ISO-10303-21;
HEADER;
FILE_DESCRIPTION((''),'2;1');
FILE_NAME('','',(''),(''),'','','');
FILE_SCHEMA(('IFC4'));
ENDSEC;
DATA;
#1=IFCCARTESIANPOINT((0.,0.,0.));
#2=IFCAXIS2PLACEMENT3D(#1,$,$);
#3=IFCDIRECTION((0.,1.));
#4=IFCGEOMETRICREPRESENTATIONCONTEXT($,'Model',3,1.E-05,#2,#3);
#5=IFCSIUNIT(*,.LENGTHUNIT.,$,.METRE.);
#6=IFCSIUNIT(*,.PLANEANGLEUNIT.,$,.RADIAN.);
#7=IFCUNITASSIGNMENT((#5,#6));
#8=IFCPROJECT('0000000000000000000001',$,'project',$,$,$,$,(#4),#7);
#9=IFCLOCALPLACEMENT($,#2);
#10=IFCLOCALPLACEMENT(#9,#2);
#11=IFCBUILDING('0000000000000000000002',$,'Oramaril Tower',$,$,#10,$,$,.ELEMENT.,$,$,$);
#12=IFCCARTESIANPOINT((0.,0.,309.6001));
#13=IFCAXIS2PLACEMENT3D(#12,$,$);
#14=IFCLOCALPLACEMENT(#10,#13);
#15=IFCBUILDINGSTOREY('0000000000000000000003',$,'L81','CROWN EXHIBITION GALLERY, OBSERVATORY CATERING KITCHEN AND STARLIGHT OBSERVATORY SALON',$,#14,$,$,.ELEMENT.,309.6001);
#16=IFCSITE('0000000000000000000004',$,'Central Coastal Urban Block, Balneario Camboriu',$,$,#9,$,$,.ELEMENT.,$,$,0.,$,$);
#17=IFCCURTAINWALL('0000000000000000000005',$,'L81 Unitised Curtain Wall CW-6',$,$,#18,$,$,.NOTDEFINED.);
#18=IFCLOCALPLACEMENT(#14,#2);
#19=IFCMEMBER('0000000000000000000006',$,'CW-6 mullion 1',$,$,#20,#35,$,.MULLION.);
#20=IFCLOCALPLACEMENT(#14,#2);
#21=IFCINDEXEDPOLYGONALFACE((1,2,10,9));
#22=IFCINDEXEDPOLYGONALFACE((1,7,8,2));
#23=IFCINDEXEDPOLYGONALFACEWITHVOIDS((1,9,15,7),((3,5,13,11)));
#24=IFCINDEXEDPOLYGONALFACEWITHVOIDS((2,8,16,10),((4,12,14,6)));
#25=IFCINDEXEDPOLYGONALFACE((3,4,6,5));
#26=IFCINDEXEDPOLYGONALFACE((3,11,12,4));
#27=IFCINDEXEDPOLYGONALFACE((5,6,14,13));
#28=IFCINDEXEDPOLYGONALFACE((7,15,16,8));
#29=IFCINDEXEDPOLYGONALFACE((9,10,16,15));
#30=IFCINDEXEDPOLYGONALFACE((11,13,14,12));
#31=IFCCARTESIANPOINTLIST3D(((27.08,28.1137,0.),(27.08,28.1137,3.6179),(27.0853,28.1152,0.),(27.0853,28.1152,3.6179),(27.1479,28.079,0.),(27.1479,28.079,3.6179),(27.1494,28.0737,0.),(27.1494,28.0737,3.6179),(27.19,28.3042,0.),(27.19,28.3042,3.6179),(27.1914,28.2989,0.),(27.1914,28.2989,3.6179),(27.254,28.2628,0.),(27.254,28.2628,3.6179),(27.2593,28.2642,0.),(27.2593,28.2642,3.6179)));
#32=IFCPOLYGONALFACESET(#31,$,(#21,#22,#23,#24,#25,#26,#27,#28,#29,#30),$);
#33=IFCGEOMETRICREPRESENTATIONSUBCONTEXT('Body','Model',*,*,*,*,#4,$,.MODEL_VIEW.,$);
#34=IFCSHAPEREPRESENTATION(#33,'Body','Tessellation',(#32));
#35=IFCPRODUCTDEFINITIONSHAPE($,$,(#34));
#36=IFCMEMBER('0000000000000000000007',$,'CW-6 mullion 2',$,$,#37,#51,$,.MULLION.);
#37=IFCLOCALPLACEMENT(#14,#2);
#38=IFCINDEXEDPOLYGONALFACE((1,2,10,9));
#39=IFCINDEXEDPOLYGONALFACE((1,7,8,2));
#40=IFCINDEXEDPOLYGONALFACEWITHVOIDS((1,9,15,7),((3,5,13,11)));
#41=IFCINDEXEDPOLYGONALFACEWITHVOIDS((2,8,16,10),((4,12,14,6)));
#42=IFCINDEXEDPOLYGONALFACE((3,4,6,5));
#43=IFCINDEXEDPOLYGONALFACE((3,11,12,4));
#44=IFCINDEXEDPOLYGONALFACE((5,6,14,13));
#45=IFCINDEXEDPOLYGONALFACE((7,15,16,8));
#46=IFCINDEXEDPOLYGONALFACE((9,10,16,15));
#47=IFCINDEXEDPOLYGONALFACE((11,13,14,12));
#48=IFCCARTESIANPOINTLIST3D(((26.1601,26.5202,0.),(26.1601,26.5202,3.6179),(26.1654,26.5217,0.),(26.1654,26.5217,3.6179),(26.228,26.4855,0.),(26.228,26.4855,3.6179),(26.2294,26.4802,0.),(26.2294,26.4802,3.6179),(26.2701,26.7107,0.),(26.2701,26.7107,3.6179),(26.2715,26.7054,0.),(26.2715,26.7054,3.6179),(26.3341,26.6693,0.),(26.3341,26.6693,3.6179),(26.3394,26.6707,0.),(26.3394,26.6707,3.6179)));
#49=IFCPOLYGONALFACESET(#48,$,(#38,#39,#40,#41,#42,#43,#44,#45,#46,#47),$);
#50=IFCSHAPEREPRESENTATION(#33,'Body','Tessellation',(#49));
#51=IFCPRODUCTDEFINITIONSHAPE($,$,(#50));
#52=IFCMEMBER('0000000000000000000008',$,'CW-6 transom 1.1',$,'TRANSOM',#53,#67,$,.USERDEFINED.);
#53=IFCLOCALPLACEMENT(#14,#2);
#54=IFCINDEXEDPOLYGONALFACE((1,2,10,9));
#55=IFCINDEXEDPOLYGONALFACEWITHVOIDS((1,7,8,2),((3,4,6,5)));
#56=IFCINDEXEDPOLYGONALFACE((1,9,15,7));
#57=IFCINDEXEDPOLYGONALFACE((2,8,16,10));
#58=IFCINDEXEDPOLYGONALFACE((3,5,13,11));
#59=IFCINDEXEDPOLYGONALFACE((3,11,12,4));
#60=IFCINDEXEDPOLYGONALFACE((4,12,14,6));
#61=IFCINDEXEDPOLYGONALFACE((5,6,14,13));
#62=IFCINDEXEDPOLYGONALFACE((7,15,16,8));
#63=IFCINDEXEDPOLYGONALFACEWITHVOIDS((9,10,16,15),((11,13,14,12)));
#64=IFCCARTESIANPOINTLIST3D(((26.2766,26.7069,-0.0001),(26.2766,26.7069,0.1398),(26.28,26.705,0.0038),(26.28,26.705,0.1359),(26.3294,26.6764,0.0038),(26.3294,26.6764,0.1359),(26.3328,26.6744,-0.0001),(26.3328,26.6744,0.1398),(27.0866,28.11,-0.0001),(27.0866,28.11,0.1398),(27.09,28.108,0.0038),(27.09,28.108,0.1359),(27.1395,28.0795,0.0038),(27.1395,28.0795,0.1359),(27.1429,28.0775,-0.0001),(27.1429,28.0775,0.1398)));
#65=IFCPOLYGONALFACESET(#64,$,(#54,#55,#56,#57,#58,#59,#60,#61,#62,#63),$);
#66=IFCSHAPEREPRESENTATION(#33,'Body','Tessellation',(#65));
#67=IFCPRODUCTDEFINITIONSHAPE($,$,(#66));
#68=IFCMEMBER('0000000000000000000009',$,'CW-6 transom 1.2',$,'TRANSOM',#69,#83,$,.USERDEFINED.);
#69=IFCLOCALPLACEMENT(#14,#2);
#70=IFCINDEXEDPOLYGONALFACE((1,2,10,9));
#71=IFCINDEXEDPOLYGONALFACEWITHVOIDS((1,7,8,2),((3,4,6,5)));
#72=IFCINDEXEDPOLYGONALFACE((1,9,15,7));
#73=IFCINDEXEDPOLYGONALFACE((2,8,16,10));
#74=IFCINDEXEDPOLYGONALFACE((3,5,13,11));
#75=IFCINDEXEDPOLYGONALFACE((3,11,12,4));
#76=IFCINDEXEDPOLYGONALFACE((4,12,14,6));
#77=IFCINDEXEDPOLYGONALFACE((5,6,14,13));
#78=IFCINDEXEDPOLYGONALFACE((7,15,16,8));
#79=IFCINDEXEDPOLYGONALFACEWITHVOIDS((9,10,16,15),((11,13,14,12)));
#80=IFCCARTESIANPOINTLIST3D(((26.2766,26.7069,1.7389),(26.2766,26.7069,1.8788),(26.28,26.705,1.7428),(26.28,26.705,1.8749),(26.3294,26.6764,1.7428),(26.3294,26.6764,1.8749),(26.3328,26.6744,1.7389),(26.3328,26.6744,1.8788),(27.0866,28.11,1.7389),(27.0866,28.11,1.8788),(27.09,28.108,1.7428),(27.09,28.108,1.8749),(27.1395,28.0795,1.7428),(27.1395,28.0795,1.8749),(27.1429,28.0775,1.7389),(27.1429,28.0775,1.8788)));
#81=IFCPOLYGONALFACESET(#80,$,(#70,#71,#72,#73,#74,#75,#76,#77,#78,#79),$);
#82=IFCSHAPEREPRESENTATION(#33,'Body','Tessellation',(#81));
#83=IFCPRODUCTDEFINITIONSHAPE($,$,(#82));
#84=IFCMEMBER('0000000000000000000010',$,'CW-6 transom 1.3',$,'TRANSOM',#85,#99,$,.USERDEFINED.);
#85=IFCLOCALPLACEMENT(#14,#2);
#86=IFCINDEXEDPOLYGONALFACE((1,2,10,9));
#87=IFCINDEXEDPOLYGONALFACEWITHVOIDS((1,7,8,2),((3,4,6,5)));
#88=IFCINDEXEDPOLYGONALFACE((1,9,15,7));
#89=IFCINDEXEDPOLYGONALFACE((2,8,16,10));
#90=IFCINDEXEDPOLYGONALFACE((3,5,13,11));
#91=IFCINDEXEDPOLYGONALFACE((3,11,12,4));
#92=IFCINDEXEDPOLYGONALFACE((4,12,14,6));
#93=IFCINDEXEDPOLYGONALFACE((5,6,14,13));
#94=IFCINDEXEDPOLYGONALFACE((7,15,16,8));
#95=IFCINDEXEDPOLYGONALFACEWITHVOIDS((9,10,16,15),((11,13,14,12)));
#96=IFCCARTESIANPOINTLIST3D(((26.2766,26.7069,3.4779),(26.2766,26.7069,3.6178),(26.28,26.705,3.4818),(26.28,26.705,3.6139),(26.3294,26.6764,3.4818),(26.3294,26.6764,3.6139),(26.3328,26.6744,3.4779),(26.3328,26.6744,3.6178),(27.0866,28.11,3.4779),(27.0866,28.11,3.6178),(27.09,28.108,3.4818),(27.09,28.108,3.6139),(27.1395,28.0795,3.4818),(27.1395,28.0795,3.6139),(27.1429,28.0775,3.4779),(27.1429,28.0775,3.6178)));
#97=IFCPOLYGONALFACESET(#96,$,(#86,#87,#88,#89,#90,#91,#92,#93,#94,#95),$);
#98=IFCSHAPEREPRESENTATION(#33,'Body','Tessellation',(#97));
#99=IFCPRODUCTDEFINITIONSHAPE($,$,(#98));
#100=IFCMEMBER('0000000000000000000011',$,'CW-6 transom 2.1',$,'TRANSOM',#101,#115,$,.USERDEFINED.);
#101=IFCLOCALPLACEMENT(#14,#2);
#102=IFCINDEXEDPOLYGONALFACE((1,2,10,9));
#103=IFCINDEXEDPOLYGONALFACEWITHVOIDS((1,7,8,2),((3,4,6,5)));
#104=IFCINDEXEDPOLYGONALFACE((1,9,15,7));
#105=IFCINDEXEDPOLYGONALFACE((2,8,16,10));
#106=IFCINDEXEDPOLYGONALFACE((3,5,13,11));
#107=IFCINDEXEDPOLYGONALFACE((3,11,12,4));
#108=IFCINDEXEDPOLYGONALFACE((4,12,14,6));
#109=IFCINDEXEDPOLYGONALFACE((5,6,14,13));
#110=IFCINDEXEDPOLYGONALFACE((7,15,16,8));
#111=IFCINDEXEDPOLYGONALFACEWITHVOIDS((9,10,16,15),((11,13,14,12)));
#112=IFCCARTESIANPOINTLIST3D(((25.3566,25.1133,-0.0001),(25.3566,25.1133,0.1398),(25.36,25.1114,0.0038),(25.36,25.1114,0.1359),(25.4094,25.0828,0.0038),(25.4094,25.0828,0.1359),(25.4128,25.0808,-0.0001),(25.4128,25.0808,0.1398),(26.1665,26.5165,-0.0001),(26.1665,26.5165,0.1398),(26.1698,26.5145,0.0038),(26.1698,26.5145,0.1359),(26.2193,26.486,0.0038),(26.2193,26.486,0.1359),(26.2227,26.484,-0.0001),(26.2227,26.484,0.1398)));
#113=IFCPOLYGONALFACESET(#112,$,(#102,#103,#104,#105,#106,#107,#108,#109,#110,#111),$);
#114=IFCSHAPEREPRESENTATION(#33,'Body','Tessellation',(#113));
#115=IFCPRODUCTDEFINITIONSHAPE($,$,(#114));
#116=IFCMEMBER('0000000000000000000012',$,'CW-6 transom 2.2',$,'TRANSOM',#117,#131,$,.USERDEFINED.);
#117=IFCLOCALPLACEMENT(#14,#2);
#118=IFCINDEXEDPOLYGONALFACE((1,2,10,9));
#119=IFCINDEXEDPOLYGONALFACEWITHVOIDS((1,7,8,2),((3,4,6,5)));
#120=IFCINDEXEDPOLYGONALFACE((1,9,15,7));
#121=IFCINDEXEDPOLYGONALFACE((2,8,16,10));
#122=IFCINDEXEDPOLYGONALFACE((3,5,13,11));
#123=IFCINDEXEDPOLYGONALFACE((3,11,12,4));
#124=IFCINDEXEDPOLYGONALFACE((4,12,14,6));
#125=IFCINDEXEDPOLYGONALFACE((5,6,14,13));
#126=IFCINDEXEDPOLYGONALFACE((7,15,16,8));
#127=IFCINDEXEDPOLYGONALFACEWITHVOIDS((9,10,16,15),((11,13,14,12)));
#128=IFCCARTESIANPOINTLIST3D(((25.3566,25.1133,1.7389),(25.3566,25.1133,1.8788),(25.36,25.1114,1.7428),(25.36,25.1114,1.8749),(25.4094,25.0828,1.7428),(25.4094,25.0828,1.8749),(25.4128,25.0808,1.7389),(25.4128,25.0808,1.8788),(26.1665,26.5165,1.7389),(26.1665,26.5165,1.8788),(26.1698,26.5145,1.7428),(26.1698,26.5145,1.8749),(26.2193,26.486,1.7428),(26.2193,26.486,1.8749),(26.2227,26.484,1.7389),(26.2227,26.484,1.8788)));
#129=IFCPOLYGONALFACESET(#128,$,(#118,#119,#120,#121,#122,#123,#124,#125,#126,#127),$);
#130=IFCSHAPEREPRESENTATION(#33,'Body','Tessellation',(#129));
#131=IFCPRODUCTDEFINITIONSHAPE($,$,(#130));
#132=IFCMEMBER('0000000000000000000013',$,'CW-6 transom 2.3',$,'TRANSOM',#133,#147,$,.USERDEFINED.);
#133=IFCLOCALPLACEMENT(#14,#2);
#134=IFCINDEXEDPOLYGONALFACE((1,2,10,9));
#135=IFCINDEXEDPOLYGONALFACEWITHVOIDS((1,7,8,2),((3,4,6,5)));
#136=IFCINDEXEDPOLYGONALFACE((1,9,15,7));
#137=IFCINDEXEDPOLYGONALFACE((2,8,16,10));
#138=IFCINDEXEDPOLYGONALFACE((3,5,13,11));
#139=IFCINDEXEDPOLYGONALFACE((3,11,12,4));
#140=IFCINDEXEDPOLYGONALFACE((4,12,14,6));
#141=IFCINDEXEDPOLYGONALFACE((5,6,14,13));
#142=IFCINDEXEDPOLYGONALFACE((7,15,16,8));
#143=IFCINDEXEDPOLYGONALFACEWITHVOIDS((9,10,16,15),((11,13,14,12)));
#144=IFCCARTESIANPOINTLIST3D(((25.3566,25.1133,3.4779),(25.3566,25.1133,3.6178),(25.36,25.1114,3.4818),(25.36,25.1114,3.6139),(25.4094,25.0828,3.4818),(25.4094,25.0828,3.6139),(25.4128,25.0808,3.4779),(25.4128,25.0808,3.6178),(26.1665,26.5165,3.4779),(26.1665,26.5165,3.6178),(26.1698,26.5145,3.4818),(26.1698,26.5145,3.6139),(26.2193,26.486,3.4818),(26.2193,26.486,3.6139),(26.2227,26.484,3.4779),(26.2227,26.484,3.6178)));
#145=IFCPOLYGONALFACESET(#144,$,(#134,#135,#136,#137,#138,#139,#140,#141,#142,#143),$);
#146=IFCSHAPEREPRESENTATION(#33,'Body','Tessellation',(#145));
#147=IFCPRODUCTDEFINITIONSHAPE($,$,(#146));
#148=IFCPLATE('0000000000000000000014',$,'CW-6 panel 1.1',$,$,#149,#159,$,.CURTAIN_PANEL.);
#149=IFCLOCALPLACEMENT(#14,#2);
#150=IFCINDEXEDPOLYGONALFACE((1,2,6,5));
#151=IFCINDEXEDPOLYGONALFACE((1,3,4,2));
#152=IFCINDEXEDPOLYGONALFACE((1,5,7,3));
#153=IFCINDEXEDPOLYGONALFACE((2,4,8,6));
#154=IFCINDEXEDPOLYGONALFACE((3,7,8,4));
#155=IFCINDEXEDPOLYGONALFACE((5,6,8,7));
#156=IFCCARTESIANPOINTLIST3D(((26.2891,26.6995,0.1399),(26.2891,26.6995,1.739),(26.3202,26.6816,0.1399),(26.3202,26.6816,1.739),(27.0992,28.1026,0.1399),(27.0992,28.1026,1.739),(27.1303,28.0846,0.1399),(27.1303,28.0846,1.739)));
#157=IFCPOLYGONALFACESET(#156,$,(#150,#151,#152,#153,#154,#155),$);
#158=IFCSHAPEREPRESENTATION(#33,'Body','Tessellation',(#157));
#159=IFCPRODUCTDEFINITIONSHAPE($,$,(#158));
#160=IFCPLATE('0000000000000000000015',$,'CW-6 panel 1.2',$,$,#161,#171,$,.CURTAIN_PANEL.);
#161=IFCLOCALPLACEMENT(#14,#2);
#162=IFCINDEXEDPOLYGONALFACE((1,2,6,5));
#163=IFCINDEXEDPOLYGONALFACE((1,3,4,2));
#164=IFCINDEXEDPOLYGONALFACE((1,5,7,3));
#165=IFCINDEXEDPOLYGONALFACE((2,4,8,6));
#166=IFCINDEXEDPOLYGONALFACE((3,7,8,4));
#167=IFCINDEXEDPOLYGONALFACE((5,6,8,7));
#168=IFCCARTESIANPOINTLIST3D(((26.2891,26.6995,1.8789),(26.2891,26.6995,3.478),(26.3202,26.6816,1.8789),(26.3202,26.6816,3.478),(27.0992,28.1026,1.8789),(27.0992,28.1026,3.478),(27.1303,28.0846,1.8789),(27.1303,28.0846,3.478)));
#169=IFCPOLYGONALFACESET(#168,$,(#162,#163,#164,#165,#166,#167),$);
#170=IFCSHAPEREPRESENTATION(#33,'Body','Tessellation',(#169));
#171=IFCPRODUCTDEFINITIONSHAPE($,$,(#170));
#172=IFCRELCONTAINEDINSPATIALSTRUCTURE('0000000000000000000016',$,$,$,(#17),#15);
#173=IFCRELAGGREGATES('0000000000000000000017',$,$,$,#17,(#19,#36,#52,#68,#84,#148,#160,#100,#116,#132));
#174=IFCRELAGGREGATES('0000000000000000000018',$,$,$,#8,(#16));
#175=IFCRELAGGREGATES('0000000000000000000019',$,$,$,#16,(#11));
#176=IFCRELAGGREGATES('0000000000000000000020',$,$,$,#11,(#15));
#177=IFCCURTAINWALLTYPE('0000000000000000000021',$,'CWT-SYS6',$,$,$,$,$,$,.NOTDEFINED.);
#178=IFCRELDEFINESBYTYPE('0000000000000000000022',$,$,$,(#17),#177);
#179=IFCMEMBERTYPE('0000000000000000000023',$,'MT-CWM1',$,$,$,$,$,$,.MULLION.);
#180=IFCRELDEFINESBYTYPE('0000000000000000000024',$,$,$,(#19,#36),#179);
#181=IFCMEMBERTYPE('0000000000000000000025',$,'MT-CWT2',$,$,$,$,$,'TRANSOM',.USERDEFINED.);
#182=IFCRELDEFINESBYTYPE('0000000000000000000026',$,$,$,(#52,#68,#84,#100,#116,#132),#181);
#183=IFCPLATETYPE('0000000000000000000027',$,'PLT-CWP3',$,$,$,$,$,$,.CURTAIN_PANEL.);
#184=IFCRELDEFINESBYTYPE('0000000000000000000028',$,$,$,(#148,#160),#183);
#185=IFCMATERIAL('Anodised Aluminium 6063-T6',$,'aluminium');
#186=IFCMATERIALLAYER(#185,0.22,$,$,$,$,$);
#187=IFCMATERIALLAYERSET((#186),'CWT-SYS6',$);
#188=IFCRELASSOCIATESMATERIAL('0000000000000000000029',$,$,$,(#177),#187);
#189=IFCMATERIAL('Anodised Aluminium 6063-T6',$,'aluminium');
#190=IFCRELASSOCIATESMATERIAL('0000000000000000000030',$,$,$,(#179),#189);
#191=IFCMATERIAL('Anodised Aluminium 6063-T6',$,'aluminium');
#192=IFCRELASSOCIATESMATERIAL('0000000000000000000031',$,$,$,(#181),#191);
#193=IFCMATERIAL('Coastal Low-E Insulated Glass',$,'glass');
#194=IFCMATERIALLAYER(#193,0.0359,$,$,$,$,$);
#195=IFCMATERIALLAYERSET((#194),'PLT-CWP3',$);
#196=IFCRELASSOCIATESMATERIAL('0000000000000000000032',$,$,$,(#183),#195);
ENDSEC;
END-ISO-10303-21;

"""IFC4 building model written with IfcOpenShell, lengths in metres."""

from ifc_helpers import new_model, si_unit, direction, frame, origin, origin_2d, place, context, subcontext, project, spatial, rectangle, hollow_rectangle, extrude, material, layer, layer_set, material_profile, profile_set, type_object, element, aggregate, save


model = new_model("IFC4")

# Units and contexts
model_context = context("Model", 3, precision=1e-05, world=origin(), true_north=direction((0.0, 1.0)))
body_context = subcontext(model_context, "Body", "Model", "MODEL_VIEW")
ifc_project = project(units=[si_unit("LENGTHUNIT", "METRE"), si_unit("PLANEANGLEUNIT", "RADIAN")], contexts=[model_context])

# Site, building, storey
site_placement = place(None, origin())
site = spatial("IfcSite", under=ifc_project, at=site_placement, Name="Central Coastal Urban Block, Balneario Camboriu", CompositionType="ELEMENT", RefElevation=0.0)
building_placement = place(site_placement, origin())
building = spatial("IfcBuilding", under=site, at=building_placement, Name="Oramaril Tower", CompositionType="ELEMENT")
storey_placement = place(building_placement, frame((0.0, 0.0, 309.6001)))
storey = spatial("IfcBuildingStorey", under=building, at=storey_placement, Name="L81", Description="CROWN EXHIBITION GALLERY, OBSERVATORY CATERING KITCHEN AND STARLIGHT OBSERVATORY SALON", CompositionType="ELEMENT", Elevation=309.6001)

# Curtain wall, members, plates
ifc_material_1 = material(Name="Anodised Aluminium 6063-T6", Category="aluminium")
ifc_layer_1 = layer(ifc_material_1, 0.22)
ifc_layer_set_1 = layer_set([ifc_layer_1], Name="CWT-SYS6")
curtain_wall_type = type_object("IfcCurtainWallType", Name="CWT-SYS6", PredefinedType="NOTDEFINED", material=ifc_layer_set_1)
curtain_wall_placement = place(storey_placement, origin())
curtain_wall = element("IfcCurtainWall", 1, at=curtain_wall_placement, inside=storey, type_object=curtain_wall_type, Name="L81 Unitised Curtain Wall CW-6", PredefinedType="NOTDEFINED")
ifc_material_2 = material(Name="Anodised Aluminium 6063-T6", Category="aluminium")
ifc_material_profile_1 = material_profile(ifc_material_2, hollow_rectangle(XDim=0.0801, YDim=0.22, WallThickness=0.0039, at=origin_2d()), Name="CWM220X80")
ifc_profile_set_1 = profile_set([ifc_material_profile_1], Name="Anodised Aluminium 6063-T6")
member_type_1 = type_object("IfcMemberType", Name="MT-CWM1", PredefinedType="MULLION", material=ifc_profile_set_1)
member_1_placement = place(storey_placement, frame((27.1697, 28.189, 0.0), z_axis=(0.0, 0.0, 1.0), x_axis=(0.866025, -0.5, 0.0)))
member_1 = element("IfcMember", 2, at=member_1_placement, type_object=member_type_1, Name="CW-6 mullion 1", PredefinedType="MULLION", context=body_context, shape_type="SweptSolid", body=[
    extrude(hollow_rectangle(XDim=0.0801, YDim=0.22, WallThickness=0.0039, at=origin_2d()), origin(), (0.0, 0.0, 1.0), 3.6179),
])
member_2_placement = place(storey_placement, frame((26.2498, 26.5955, 0.0), z_axis=(0.0, 0.0, 1.0), x_axis=(0.866025, -0.5, 0.0)))
member_2 = element("IfcMember", 3, at=member_2_placement, type_object=member_type_1, Name="CW-6 mullion 2", PredefinedType="MULLION", context=body_context, shape_type="SweptSolid", body=[
    extrude(hollow_rectangle(XDim=0.0801, YDim=0.22, WallThickness=0.0039, at=origin_2d()), origin(), (0.0, 0.0, 1.0), 3.6179),
])
ifc_material_3 = material(Name="Anodised Aluminium 6063-T6", Category="aluminium")
ifc_material_profile_2 = material_profile(ifc_material_3, hollow_rectangle(XDim=0.0649, YDim=0.1399, WallThickness=0.0039, at=origin_2d()), Name="CWT140X65")
ifc_profile_set_2 = profile_set([ifc_material_profile_2], Name="Anodised Aluminium 6063-T6")
member_type_2 = type_object("IfcMemberType", Name="MT-CWT2", ElementType="TRANSOM", PredefinedType="USERDEFINED", material=ifc_profile_set_2)
member_3_placement = place(storey_placement, frame((27.1147, 28.0938, 0.0698), z_axis=(-0.499996, -0.866027, 0.0), x_axis=(0.866027, -0.499996, 0.0)))
member_3 = element("IfcMember", 4, at=member_3_placement, type_object=member_type_2, Name="CW-6 transom 1.1", ObjectType="TRANSOM", PredefinedType="USERDEFINED", context=body_context, shape_type="SweptSolid", body=[
    extrude(hollow_rectangle(XDim=0.0649, YDim=0.1399, WallThickness=0.0039, at=origin_2d()), origin(), (0.0, 0.0, 1.0), 1.6201),
])
member_4_placement = place(storey_placement, frame((27.1147, 28.0938, 1.8088), z_axis=(-0.499996, -0.866027, 0.0), x_axis=(0.866027, -0.499996, 0.0)))
member_4 = element("IfcMember", 5, at=member_4_placement, type_object=member_type_2, Name="CW-6 transom 1.2", ObjectType="TRANSOM", PredefinedType="USERDEFINED", context=body_context, shape_type="SweptSolid", body=[
    extrude(hollow_rectangle(XDim=0.0649, YDim=0.1399, WallThickness=0.0039, at=origin_2d()), origin(), (0.0, 0.0, 1.0), 1.6201),
])
member_5_placement = place(storey_placement, frame((27.1147, 28.0938, 3.5479), z_axis=(-0.499996, -0.866027, 0.0), x_axis=(0.866027, -0.499996, 0.0)))
member_5 = element("IfcMember", 6, at=member_5_placement, type_object=member_type_2, Name="CW-6 transom 1.3", ObjectType="TRANSOM", PredefinedType="USERDEFINED", context=body_context, shape_type="SweptSolid", body=[
    extrude(hollow_rectangle(XDim=0.0649, YDim=0.1399, WallThickness=0.0039, at=origin_2d()), origin(), (0.0, 0.0, 1.0), 1.6201),
])
member_6_placement = place(storey_placement, frame((26.1946, 26.5002, 0.0698), z_axis=(-0.499883, -0.866093, 0.0), x_axis=(0.866093, -0.499883, 0.0)))
member_6 = element("IfcMember", 7, at=member_6_placement, type_object=member_type_2, Name="CW-6 transom 2.1", ObjectType="TRANSOM", PredefinedType="USERDEFINED", context=body_context, shape_type="SweptSolid", body=[
    extrude(hollow_rectangle(XDim=0.0649, YDim=0.1399, WallThickness=0.0039, at=origin_2d()), origin(), (0.0, 0.0, 1.0), 1.6201),
])
member_7_placement = place(storey_placement, frame((26.1946, 26.5002, 1.8088), z_axis=(-0.499883, -0.866093, 0.0), x_axis=(0.866093, -0.499883, 0.0)))
member_7 = element("IfcMember", 8, at=member_7_placement, type_object=member_type_2, Name="CW-6 transom 2.2", ObjectType="TRANSOM", PredefinedType="USERDEFINED", context=body_context, shape_type="SweptSolid", body=[
    extrude(hollow_rectangle(XDim=0.0649, YDim=0.1399, WallThickness=0.0039, at=origin_2d()), origin(), (0.0, 0.0, 1.0), 1.6201),
])
member_8_placement = place(storey_placement, frame((26.1946, 26.5002, 3.5479), z_axis=(-0.499883, -0.866093, 0.0), x_axis=(0.866093, -0.499883, 0.0)))
member_8 = element("IfcMember", 9, at=member_8_placement, type_object=member_type_2, Name="CW-6 transom 2.3", ObjectType="TRANSOM", PredefinedType="USERDEFINED", context=body_context, shape_type="SweptSolid", body=[
    extrude(hollow_rectangle(XDim=0.0649, YDim=0.1399, WallThickness=0.0039, at=origin_2d()), origin(), (0.0, 0.0, 1.0), 1.6201),
])
ifc_material_4 = material(Name="Coastal Low-E Insulated Glass", Category="glass")
ifc_layer_2 = layer(ifc_material_4, 0.0359)
ifc_layer_set_2 = layer_set([ifc_layer_2], Name="PLT-CWP3")
plate_type = type_object("IfcPlateType", Name="PLT-CWP3", PredefinedType="CURTAIN_PANEL", material=ifc_layer_set_2)
plate_1_placement = place(storey_placement, frame((26.7097, 27.3921, 0.1399), z_axis=(0.0, 0.0, 1.0), x_axis=(-0.5, -0.866025, 0.0)))
plate_1 = element("IfcPlate", 10, at=plate_1_placement, type_object=plate_type, Name="CW-6 panel 1.1", PredefinedType="CURTAIN_PANEL", context=body_context, shape_type="SweptSolid", body=[
    extrude(rectangle(XDim=1.6201, YDim=0.0359, at=origin_2d()), origin(), (0.0, 0.0, 1.0), 1.5991),
])
plate_2_placement = place(storey_placement, frame((26.7097, 27.3921, 1.8789), z_axis=(0.0, 0.0, 1.0), x_axis=(-0.5, -0.866025, 0.0)))
plate_2 = element("IfcPlate", 11, at=plate_2_placement, type_object=plate_type, Name="CW-6 panel 1.2", PredefinedType="CURTAIN_PANEL", context=body_context, shape_type="SweptSolid", body=[
    extrude(rectangle(XDim=1.6201, YDim=0.0359, at=origin_2d()), origin(), (0.0, 0.0, 1.0), 1.5991),
])
aggregate(curtain_wall, [member_1, member_2, member_3, member_4, member_5, plate_1, plate_2, member_6, member_7, member_8])

save(model, "model.ifc")
